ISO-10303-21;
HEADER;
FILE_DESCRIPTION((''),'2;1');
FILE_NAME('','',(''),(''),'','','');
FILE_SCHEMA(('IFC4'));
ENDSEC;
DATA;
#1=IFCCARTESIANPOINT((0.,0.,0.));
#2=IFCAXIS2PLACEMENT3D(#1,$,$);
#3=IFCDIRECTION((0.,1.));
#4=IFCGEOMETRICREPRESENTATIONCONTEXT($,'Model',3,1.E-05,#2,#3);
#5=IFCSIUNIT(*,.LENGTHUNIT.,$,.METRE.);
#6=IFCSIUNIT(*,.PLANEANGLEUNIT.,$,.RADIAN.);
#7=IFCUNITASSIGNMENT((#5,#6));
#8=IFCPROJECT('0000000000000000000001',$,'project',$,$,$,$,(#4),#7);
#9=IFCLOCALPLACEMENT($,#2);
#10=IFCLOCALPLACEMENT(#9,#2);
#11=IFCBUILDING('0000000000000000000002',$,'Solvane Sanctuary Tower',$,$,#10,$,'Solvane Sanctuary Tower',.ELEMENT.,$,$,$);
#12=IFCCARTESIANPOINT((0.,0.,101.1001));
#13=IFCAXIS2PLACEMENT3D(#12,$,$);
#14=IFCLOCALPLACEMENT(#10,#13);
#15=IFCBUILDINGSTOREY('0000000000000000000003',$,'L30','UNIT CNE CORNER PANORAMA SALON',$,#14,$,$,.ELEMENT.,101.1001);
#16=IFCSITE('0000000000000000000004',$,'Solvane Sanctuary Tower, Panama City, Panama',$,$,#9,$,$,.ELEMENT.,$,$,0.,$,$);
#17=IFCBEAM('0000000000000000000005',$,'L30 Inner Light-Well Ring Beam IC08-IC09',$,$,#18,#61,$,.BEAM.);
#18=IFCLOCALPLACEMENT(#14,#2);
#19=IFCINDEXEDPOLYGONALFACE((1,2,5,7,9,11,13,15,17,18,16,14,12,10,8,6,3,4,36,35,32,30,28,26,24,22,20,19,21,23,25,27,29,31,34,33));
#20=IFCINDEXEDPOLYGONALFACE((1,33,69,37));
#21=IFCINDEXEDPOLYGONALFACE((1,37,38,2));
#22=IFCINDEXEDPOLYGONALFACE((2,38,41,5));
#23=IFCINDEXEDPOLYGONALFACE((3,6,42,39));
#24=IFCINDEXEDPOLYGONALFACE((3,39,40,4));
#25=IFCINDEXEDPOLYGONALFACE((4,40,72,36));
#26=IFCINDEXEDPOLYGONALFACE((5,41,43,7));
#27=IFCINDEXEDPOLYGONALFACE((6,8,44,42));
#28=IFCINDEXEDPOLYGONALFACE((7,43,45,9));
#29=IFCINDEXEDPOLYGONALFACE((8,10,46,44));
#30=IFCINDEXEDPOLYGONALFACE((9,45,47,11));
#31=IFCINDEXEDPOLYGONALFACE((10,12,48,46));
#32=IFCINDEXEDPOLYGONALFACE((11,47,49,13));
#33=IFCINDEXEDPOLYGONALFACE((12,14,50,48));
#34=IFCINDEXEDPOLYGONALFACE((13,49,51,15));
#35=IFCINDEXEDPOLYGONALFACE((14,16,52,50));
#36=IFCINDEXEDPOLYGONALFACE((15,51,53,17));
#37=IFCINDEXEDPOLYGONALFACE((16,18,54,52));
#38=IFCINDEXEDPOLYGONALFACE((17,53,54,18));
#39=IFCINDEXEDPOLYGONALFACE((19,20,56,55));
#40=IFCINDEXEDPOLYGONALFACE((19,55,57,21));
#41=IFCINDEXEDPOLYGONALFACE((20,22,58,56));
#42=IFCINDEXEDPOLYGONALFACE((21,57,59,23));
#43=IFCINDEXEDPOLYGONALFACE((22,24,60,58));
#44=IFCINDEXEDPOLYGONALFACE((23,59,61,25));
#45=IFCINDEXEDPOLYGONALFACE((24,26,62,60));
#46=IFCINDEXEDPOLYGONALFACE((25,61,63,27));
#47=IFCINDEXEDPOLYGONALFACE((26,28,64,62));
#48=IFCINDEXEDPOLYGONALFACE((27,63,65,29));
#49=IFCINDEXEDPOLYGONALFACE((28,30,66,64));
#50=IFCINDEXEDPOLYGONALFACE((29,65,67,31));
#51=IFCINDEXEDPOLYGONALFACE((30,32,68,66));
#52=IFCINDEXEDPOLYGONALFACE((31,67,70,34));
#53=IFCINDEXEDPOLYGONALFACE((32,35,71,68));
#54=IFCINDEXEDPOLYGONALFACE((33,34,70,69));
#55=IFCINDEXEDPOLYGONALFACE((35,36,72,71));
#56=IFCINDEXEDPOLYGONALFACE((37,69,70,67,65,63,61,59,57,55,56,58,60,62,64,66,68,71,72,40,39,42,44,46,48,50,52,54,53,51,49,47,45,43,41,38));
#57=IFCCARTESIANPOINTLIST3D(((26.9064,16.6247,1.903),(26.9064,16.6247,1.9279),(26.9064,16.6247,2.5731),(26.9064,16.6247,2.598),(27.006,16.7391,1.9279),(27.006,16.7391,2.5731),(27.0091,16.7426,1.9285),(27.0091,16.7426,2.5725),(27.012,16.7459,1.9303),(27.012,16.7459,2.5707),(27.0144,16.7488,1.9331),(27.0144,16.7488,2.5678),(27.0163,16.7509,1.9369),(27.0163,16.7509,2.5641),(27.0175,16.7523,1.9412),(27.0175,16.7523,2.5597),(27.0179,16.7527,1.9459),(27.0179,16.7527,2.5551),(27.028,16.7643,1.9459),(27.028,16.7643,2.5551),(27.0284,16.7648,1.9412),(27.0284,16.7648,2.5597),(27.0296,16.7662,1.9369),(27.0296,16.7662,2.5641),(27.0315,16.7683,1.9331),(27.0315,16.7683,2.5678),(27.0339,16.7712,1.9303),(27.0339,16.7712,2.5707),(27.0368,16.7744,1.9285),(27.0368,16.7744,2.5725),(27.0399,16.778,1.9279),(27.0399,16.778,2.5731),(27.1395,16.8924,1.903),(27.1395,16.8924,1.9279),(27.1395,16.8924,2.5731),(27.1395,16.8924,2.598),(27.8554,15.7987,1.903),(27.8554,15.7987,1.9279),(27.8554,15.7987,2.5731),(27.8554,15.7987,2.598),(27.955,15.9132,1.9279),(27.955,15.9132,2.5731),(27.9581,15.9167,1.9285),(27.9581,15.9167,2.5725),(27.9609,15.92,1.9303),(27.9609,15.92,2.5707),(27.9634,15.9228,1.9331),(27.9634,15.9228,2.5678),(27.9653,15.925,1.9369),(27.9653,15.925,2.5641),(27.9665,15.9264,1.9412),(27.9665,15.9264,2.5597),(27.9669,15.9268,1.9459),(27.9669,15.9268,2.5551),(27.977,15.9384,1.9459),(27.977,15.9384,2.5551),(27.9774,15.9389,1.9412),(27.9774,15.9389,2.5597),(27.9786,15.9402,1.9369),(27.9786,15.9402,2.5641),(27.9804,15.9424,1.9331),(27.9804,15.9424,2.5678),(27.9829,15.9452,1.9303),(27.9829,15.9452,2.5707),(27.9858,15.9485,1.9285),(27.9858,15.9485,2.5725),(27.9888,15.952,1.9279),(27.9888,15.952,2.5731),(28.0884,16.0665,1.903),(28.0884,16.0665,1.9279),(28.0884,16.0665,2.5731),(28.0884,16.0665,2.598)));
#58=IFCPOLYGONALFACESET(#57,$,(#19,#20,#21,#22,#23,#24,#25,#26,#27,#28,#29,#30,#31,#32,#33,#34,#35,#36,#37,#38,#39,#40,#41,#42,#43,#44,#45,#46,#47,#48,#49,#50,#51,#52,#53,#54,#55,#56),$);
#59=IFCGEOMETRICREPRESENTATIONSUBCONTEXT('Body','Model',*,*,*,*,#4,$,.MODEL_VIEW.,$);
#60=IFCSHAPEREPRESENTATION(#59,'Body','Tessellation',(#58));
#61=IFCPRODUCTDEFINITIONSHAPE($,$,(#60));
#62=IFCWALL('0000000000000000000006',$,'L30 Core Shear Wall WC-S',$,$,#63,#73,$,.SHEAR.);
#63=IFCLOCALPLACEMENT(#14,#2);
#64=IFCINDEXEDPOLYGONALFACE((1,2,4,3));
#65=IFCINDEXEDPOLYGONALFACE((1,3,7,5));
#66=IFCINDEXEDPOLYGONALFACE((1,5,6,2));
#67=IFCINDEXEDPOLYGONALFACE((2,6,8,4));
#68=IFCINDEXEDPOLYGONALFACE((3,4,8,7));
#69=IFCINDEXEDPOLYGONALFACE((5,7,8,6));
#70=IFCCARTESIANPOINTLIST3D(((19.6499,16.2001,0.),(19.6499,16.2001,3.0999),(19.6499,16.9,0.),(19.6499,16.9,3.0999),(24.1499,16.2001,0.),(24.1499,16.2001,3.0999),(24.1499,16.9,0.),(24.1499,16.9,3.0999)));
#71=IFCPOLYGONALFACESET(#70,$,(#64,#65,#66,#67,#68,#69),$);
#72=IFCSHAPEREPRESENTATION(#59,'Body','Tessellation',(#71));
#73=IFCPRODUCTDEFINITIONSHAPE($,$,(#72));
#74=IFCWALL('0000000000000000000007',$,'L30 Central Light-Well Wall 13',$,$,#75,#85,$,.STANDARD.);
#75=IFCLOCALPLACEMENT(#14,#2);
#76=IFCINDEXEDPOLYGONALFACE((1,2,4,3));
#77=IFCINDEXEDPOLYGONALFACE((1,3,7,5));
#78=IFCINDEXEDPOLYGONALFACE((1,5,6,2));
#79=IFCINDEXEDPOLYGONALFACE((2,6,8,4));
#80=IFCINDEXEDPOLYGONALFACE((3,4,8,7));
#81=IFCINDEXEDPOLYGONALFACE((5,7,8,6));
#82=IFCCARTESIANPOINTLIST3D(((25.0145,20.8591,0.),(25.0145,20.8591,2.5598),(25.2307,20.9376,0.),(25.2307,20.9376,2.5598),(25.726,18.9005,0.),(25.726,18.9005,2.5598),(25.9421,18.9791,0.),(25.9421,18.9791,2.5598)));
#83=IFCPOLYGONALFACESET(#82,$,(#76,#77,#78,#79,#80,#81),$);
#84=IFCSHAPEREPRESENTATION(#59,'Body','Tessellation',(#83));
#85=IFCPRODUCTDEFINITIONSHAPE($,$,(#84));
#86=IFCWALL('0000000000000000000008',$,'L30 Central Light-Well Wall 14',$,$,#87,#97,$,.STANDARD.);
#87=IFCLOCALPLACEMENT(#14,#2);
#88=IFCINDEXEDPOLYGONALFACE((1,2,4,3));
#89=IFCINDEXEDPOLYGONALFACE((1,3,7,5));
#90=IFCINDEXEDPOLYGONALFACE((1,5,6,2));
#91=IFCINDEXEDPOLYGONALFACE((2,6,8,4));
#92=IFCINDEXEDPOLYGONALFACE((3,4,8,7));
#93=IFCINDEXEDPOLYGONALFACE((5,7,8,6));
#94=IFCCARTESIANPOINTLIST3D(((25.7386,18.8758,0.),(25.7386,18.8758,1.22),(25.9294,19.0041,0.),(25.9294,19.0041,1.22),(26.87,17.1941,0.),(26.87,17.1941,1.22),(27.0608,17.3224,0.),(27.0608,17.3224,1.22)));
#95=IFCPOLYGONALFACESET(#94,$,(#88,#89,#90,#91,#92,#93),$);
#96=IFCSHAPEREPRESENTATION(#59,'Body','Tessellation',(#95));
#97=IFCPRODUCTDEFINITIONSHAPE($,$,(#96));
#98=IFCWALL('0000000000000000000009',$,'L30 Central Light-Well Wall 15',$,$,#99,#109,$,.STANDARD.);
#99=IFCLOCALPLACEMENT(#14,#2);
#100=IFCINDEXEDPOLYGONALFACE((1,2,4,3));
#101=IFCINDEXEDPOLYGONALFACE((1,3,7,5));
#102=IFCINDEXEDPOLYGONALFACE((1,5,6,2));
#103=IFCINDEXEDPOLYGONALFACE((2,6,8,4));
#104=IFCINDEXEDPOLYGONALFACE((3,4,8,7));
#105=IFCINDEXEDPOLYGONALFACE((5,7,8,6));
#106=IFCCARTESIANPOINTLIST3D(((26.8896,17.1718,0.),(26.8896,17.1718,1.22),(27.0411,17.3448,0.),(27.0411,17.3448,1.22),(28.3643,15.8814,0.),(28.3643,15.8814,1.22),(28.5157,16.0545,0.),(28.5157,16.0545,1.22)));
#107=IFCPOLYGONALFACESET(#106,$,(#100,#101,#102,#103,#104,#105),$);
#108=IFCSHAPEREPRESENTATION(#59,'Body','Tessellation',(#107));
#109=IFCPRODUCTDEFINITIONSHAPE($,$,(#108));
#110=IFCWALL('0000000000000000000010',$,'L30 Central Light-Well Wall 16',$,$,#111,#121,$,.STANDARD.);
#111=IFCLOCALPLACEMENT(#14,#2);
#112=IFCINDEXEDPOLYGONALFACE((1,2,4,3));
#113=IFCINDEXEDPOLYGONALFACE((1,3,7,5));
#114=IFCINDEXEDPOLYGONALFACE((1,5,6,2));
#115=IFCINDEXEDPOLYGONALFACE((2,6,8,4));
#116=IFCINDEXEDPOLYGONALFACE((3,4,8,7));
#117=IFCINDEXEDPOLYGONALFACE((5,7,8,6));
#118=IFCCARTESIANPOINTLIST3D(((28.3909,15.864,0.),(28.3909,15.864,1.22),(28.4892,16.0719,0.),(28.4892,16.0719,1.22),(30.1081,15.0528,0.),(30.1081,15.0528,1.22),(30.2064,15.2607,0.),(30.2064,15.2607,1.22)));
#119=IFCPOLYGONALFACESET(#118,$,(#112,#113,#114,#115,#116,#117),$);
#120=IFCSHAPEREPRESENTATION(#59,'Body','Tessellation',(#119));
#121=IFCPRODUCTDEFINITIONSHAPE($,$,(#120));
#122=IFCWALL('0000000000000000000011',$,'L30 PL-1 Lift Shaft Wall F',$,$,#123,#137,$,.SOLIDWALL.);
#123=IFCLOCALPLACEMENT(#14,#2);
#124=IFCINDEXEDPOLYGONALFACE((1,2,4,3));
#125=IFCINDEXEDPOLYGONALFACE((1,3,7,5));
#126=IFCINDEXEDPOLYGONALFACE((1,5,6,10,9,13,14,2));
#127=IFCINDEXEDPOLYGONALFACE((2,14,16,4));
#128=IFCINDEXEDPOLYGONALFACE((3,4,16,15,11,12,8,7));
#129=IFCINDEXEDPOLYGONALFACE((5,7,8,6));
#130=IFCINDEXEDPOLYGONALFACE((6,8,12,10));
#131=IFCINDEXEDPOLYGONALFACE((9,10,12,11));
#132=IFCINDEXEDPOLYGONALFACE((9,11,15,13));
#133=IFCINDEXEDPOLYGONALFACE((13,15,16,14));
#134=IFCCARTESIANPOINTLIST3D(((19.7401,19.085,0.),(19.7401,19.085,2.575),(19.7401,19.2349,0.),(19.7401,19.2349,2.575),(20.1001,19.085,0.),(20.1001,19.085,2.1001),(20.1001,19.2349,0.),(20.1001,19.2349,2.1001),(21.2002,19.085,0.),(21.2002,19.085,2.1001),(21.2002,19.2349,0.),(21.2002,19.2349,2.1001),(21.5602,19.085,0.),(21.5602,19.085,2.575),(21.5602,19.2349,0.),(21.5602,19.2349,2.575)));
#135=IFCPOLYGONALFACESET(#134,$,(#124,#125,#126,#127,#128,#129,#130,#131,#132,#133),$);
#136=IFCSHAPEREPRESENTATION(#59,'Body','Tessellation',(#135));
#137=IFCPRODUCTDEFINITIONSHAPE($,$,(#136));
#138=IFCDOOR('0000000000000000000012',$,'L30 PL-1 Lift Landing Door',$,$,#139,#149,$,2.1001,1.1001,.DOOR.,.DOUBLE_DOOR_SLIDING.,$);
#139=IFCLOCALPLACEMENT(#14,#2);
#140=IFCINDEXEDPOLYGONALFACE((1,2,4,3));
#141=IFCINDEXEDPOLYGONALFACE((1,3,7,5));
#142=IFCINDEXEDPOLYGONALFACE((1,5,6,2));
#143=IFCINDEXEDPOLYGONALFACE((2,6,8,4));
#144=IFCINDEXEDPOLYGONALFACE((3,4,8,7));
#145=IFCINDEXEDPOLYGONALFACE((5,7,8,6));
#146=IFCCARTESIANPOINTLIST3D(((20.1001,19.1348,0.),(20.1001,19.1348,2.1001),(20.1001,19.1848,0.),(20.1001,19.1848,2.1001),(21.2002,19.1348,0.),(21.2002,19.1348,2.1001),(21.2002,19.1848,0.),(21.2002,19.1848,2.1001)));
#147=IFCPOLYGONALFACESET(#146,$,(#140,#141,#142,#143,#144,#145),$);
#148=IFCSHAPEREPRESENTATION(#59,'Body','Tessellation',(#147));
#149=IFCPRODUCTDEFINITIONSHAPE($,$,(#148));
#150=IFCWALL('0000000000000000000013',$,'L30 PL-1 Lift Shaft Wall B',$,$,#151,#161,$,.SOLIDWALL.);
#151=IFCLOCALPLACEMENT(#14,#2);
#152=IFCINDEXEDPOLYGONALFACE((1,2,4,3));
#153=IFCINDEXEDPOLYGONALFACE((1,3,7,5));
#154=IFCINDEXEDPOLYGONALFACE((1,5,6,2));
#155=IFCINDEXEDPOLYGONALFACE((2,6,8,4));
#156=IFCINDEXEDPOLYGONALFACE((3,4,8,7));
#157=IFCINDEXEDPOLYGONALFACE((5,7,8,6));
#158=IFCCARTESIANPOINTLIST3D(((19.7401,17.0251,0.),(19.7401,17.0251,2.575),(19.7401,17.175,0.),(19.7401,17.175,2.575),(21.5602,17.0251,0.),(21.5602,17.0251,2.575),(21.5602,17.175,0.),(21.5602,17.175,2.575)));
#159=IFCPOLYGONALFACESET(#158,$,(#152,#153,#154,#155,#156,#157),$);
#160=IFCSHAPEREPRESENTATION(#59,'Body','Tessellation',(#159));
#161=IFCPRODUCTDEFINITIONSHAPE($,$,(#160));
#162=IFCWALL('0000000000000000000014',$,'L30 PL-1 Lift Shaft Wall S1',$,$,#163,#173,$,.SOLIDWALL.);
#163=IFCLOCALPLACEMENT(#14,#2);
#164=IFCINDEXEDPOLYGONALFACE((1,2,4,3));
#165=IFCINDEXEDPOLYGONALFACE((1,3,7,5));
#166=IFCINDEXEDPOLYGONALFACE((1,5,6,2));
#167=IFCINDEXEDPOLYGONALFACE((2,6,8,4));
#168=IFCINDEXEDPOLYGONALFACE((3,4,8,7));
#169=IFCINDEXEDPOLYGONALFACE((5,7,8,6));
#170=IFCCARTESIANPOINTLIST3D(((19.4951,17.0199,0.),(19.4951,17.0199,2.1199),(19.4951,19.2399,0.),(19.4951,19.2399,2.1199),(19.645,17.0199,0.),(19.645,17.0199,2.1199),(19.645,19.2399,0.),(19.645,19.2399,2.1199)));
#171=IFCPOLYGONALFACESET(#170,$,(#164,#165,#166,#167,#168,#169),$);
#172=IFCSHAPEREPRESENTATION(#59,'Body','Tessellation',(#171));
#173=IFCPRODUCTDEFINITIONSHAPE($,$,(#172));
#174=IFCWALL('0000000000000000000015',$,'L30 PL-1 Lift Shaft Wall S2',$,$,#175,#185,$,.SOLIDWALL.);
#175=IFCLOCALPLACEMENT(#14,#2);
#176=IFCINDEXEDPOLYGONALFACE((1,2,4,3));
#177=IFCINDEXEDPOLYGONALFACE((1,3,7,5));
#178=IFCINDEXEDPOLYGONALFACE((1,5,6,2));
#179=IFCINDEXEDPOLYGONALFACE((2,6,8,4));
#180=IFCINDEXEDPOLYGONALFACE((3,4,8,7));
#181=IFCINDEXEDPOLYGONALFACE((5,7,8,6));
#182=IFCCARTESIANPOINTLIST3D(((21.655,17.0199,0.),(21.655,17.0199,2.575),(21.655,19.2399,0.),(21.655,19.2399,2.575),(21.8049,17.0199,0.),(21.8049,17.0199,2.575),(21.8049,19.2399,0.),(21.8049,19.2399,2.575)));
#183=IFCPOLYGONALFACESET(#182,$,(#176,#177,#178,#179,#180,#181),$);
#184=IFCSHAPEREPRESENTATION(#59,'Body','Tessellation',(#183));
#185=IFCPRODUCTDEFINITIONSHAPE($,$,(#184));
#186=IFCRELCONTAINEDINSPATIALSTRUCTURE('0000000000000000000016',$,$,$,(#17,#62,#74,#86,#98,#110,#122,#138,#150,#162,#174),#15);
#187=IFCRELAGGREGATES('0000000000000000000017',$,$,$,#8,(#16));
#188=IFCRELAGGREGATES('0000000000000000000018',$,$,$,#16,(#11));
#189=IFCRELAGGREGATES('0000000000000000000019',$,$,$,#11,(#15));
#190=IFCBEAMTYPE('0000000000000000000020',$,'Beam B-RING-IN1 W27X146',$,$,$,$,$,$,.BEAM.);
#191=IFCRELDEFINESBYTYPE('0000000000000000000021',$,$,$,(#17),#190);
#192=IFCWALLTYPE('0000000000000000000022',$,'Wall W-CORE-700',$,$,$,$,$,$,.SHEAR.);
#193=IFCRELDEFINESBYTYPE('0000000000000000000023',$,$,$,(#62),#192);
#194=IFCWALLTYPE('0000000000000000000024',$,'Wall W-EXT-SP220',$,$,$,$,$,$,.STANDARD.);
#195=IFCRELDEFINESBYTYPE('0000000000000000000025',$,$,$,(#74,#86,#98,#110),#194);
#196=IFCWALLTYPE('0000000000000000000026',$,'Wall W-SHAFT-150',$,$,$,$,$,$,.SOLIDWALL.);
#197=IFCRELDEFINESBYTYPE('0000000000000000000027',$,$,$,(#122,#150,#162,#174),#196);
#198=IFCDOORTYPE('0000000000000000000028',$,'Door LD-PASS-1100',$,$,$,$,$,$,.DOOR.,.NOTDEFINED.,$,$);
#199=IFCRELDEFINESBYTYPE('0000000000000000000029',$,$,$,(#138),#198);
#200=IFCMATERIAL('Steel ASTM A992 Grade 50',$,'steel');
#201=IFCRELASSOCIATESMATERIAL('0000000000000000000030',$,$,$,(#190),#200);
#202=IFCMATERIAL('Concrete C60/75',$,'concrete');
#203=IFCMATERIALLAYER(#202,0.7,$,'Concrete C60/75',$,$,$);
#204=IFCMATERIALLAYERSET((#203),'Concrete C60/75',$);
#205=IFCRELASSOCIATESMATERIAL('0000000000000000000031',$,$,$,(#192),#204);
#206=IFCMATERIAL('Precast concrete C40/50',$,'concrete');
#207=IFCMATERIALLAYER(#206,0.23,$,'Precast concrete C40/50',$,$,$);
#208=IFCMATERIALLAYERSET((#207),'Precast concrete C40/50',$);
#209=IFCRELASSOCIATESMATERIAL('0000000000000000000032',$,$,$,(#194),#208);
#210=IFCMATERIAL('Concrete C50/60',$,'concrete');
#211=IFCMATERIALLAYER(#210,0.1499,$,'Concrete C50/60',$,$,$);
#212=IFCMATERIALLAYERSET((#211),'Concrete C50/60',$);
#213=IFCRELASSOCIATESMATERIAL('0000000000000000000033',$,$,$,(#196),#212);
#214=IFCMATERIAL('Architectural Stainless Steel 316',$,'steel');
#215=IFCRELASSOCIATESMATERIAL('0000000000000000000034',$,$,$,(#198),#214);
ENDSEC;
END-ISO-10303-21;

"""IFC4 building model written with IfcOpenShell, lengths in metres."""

from ifc_helpers import new_model, si_unit, direction, frame, frame_2d, origin, origin_2d, place, context, subcontext, project, spatial, rectangle, i_section, extrude, material, layer, layer_set, material_profile, profile_set, type_object, element, fill, save


model = new_model("IFC4")

# Units and contexts
model_context = context("Model", 3, precision=1e-05, world=origin(), true_north=direction((0.0, 1.0)))
body_context = subcontext(model_context, "Body", "Model", "MODEL_VIEW")
ifc_project = project(units=[si_unit("LENGTHUNIT", "METRE"), si_unit("PLANEANGLEUNIT", "RADIAN")], contexts=[model_context])

# Site, building, storey
site_placement = place(None, origin())
site = spatial("IfcSite", under=ifc_project, at=site_placement, Name="Solvane Sanctuary Tower, Panama City, Panama", CompositionType="ELEMENT", RefElevation=0.0)
building_placement = place(site_placement, origin())
building = spatial("IfcBuilding", under=site, at=building_placement, Name="Solvane Sanctuary Tower", LongName="Solvane Sanctuary Tower", CompositionType="ELEMENT")
storey_placement = place(building_placement, frame((0.0, 0.0, 101.1001)))
storey = spatial("IfcBuildingStorey", under=building, at=storey_placement, Name="L30", Description="UNIT CNE CORNER PANORAMA SALON", CompositionType="ELEMENT", Elevation=101.1001)

# Shared definitions
ifc_material_1 = material(Name="Concrete C60/75", Category="concrete")

# Beam
ifc_material_2 = material(Name="Steel ASTM A992 Grade 50", Category="steel")
ifc_material_profile_1 = material_profile(ifc_material_2, i_section(OverallWidth=0.355, OverallDepth=0.6951, WebThickness=0.0154, FlangeThickness=0.0249, FilletRadius=0.0181, at=origin_2d()), Name="W27X146")
ifc_profile_set_1 = profile_set([ifc_material_profile_1], Name="Steel ASTM A992 Grade 50")
beam_type_1 = type_object("IfcBeamType", Name="Beam B-RING-IN1 W27X146", PredefinedType="BEAM", material=ifc_profile_set_1)
beam_1_placement = place(storey_placement, frame((27.0229, 16.7585, 2.2505), z_axis=(0.754317, -0.65651, 0.0), x_axis=(0.65651, 0.754317, 0.0)))
element("IfcBeam", 1, at=beam_1_placement, inside=storey, type_object=beam_type_1, Name="L30 Inner Light-Well Ring Beam IC08-IC09", PredefinedType="BEAM", context=body_context, shape_type="SweptSolid", body=[
    extrude(i_section(OverallWidth=0.355, OverallDepth=0.6951, WebThickness=0.0154, FlangeThickness=0.0249, FilletRadius=0.0181, at=origin_2d()), origin(), (0.0, 0.0, 1.0), 1.2581),
])

# Walls
ifc_layer_1 = layer(ifc_material_1, 0.7, Name="Concrete C60/75")
ifc_layer_set_1 = layer_set([ifc_layer_1], Name="Concrete C60/75")
wall_type_1 = type_object("IfcWallType", Name="Wall W-CORE-700", PredefinedType="SHEAR", material=ifc_layer_set_1)
wall_1_placement = place(storey_placement, frame((19.6499, 16.55, 0.0), z_axis=(0.0, 0.0, 1.0), x_axis=(1.0, 0.0, 0.0)))
element("IfcWall", 2, at=wall_1_placement, inside=storey, type_object=wall_type_1, Name="L30 Core Shear Wall WC-S", PredefinedType="SHEAR", context=body_context, shape_type="SweptSolid", body=[
    extrude(rectangle(XDim=4.5, YDim=0.7, at=frame_2d((2.25, 0.0))), origin(), (0.0, 0.0, 1.0), 3.0999),
])
ifc_material_3 = material(Name="Precast concrete C40/50", Category="concrete")
ifc_layer_2 = layer(ifc_material_3, 0.23, Name="Precast concrete C40/50")
ifc_layer_set_2 = layer_set([ifc_layer_2], Name="Precast concrete C40/50")
wall_type_2 = type_object("IfcWallType", Name="Wall W-EXT-SP220", PredefinedType="STANDARD", material=ifc_layer_set_2)
wall_2_placement = place(storey_placement, frame((25.1226, 20.8984, 0.0), z_axis=(0.0, 0.0, 1.0), x_axis=(0.341423, -0.93991, 0.0)))
element("IfcWall", 3, at=wall_2_placement, inside=storey, type_object=wall_type_2, Name="L30 Central Light-Well Wall 13", PredefinedType="STANDARD", context=body_context, shape_type="SweptSolid", body=[
    extrude(rectangle(XDim=2.0837, YDim=0.23, at=frame_2d((1.042, 0.0))), origin(), (0.0, 0.0, 1.0), 2.5598),
])
wall_3_placement = place(storey_placement, frame((25.834, 18.9399, 0.0), z_axis=(0.0, 0.0, 1.0), x_axis=(0.558198, -0.829708, 0.0)))
element("IfcWall", 4, at=wall_3_placement, inside=storey, type_object=wall_type_2, Name="L30 Central Light-Well Wall 14", PredefinedType="STANDARD", context=body_context, shape_type="SweptSolid", body=[
    extrude(rectangle(XDim=2.0269, YDim=0.23, at=frame_2d((1.0134, 0.0))), origin(), (0.0, 0.0, 1.0), 1.22),
])
wall_4_placement = place(storey_placement, frame((26.9653, 17.2583, 0.0), z_axis=(0.0, 0.0, 1.0), x_axis=(0.752577, -0.658505, 0.0)))
element("IfcWall", 5, at=wall_4_placement, inside=storey, type_object=wall_type_2, Name="L30 Central Light-Well Wall 15", PredefinedType="STANDARD", context=body_context, shape_type="SweptSolid", body=[
    extrude(rectangle(XDim=1.9595, YDim=0.23, at=frame_2d((0.9797, 0.0))), origin(), (0.0, 0.0, 1.0), 1.22),
])
wall_5_placement = place(storey_placement, frame((28.4399, 15.968, 0.0), z_axis=(0.0, 0.0, 1.0), x_axis=(0.90418, -0.427152, 0.0)))
element("IfcWall", 6, at=wall_5_placement, inside=storey, type_object=wall_type_2, Name="L30 Central Light-Well Wall 16", PredefinedType="STANDARD", context=body_context, shape_type="SweptSolid", body=[
    extrude(rectangle(XDim=1.8992, YDim=0.23, at=frame_2d((0.9497, 0.0))), origin(), (0.0, 0.0, 1.0), 1.22),
])

# Wall, opening, door
ifc_material_4 = material(Name="Concrete C50/60", Category="concrete")
ifc_layer_3 = layer(ifc_material_4, 0.1499, Name="Concrete C50/60")
ifc_layer_set_3 = layer_set([ifc_layer_3], Name="Concrete C50/60")
wall_type_3 = type_object("IfcWallType", Name="Wall W-SHAFT-150", PredefinedType="SOLIDWALL", material=ifc_layer_set_3)
wall_6_placement = place(storey_placement, frame((19.74, 19.1599, 0.0), z_axis=(0.0, 0.0, 1.0), x_axis=(1.0, 0.0, 0.0)))
wall_6 = element("IfcWall", 7, at=wall_6_placement, inside=storey, type_object=wall_type_3, Name="L30 PL-1 Lift Shaft Wall F", PredefinedType="SOLIDWALL", context=body_context, shape_type="SweptSolid", body=[
    extrude(rectangle(XDim=1.8201, YDim=0.1499, at=frame_2d((0.9102, 0.0))), origin(), (0.0, 0.0, 1.0), 2.575),
])
opening_1_placement = place(wall_6_placement, frame((0.3601, 0.0, 0.0)))
opening_1 = element("IfcOpeningElement", 8, at=opening_1_placement, cuts=wall_6, PredefinedType="OPENING", context=body_context, shape_type="SweptSolid", body=[
    extrude(rectangle(XDim=1.1001, YDim=2.1001, at=frame_2d((0.55, 1.05))), frame((0.0, 0.085, 0.0), z_axis=(0.0, -1.0, 0.0), x_axis=(1.0, 0.0, 0.0)), (0.0, 0.0, 1.0), 0.1699),
])
ifc_material_5 = material(Name="Architectural Stainless Steel 316", Category="steel")
door_type = type_object("IfcDoorType", Name="Door LD-PASS-1100", OperationType="NOTDEFINED", PredefinedType="DOOR", material=ifc_material_5)
door_1_placement = place(opening_1_placement, origin())
door_1 = element("IfcDoor", 9, at=door_1_placement, inside=storey, type_object=door_type, Name="L30 PL-1 Lift Landing Door", OperationType="DOUBLE_DOOR_SLIDING", OverallHeight=2.1001, OverallWidth=1.1001, PredefinedType="DOOR", context=body_context, shape_type="SweptSolid", body=[
    extrude(rectangle(XDim=1.1001, YDim=2.1001, at=frame_2d((0.55, 1.05))), frame((0.0, 0.0249, 0.0), z_axis=(0.0, -1.0, 0.0), x_axis=(1.0, 0.0, 0.0)), (0.0, 0.0, 1.0), 0.05),
])
fill(opening_1, door_1)

# Walls
wall_7_placement = place(storey_placement, frame((19.74, 17.1001, 0.0), z_axis=(0.0, 0.0, 1.0), x_axis=(1.0, 0.0, 0.0)))
element("IfcWall", 10, at=wall_7_placement, inside=storey, type_object=wall_type_3, Name="L30 PL-1 Lift Shaft Wall B", PredefinedType="SOLIDWALL", context=body_context, shape_type="SweptSolid", body=[
    extrude(rectangle(XDim=1.8201, YDim=0.1499, at=frame_2d((0.9102, 0.0))), origin(), (0.0, 0.0, 1.0), 2.575),
])
wall_8_placement = place(storey_placement, frame((19.5701, 17.02, 0.0), z_axis=(0.0, 0.0, 1.0), x_axis=(0.0, 1.0, 0.0)))
element("IfcWall", 11, at=wall_8_placement, inside=storey, type_object=wall_type_3, Name="L30 PL-1 Lift Shaft Wall S1", PredefinedType="SOLIDWALL", context=body_context, shape_type="SweptSolid", body=[
    extrude(rectangle(XDim=2.22, YDim=0.1499, at=frame_2d((1.1099, 0.0))), origin(), (0.0, 0.0, 1.0), 2.1199),
])
wall_9_placement = place(storey_placement, frame((21.73, 17.02, 0.0), z_axis=(0.0, 0.0, 1.0), x_axis=(0.0, 1.0, 0.0)))
element("IfcWall", 12, at=wall_9_placement, inside=storey, type_object=wall_type_3, Name="L30 PL-1 Lift Shaft Wall S2", PredefinedType="SOLIDWALL", context=body_context, shape_type="SweptSolid", body=[
    extrude(rectangle(XDim=2.22, YDim=0.1499, at=frame_2d((1.1099, 0.0))), origin(), (0.0, 0.0, 1.0), 2.575),
])

save(model, "model.ifc")
